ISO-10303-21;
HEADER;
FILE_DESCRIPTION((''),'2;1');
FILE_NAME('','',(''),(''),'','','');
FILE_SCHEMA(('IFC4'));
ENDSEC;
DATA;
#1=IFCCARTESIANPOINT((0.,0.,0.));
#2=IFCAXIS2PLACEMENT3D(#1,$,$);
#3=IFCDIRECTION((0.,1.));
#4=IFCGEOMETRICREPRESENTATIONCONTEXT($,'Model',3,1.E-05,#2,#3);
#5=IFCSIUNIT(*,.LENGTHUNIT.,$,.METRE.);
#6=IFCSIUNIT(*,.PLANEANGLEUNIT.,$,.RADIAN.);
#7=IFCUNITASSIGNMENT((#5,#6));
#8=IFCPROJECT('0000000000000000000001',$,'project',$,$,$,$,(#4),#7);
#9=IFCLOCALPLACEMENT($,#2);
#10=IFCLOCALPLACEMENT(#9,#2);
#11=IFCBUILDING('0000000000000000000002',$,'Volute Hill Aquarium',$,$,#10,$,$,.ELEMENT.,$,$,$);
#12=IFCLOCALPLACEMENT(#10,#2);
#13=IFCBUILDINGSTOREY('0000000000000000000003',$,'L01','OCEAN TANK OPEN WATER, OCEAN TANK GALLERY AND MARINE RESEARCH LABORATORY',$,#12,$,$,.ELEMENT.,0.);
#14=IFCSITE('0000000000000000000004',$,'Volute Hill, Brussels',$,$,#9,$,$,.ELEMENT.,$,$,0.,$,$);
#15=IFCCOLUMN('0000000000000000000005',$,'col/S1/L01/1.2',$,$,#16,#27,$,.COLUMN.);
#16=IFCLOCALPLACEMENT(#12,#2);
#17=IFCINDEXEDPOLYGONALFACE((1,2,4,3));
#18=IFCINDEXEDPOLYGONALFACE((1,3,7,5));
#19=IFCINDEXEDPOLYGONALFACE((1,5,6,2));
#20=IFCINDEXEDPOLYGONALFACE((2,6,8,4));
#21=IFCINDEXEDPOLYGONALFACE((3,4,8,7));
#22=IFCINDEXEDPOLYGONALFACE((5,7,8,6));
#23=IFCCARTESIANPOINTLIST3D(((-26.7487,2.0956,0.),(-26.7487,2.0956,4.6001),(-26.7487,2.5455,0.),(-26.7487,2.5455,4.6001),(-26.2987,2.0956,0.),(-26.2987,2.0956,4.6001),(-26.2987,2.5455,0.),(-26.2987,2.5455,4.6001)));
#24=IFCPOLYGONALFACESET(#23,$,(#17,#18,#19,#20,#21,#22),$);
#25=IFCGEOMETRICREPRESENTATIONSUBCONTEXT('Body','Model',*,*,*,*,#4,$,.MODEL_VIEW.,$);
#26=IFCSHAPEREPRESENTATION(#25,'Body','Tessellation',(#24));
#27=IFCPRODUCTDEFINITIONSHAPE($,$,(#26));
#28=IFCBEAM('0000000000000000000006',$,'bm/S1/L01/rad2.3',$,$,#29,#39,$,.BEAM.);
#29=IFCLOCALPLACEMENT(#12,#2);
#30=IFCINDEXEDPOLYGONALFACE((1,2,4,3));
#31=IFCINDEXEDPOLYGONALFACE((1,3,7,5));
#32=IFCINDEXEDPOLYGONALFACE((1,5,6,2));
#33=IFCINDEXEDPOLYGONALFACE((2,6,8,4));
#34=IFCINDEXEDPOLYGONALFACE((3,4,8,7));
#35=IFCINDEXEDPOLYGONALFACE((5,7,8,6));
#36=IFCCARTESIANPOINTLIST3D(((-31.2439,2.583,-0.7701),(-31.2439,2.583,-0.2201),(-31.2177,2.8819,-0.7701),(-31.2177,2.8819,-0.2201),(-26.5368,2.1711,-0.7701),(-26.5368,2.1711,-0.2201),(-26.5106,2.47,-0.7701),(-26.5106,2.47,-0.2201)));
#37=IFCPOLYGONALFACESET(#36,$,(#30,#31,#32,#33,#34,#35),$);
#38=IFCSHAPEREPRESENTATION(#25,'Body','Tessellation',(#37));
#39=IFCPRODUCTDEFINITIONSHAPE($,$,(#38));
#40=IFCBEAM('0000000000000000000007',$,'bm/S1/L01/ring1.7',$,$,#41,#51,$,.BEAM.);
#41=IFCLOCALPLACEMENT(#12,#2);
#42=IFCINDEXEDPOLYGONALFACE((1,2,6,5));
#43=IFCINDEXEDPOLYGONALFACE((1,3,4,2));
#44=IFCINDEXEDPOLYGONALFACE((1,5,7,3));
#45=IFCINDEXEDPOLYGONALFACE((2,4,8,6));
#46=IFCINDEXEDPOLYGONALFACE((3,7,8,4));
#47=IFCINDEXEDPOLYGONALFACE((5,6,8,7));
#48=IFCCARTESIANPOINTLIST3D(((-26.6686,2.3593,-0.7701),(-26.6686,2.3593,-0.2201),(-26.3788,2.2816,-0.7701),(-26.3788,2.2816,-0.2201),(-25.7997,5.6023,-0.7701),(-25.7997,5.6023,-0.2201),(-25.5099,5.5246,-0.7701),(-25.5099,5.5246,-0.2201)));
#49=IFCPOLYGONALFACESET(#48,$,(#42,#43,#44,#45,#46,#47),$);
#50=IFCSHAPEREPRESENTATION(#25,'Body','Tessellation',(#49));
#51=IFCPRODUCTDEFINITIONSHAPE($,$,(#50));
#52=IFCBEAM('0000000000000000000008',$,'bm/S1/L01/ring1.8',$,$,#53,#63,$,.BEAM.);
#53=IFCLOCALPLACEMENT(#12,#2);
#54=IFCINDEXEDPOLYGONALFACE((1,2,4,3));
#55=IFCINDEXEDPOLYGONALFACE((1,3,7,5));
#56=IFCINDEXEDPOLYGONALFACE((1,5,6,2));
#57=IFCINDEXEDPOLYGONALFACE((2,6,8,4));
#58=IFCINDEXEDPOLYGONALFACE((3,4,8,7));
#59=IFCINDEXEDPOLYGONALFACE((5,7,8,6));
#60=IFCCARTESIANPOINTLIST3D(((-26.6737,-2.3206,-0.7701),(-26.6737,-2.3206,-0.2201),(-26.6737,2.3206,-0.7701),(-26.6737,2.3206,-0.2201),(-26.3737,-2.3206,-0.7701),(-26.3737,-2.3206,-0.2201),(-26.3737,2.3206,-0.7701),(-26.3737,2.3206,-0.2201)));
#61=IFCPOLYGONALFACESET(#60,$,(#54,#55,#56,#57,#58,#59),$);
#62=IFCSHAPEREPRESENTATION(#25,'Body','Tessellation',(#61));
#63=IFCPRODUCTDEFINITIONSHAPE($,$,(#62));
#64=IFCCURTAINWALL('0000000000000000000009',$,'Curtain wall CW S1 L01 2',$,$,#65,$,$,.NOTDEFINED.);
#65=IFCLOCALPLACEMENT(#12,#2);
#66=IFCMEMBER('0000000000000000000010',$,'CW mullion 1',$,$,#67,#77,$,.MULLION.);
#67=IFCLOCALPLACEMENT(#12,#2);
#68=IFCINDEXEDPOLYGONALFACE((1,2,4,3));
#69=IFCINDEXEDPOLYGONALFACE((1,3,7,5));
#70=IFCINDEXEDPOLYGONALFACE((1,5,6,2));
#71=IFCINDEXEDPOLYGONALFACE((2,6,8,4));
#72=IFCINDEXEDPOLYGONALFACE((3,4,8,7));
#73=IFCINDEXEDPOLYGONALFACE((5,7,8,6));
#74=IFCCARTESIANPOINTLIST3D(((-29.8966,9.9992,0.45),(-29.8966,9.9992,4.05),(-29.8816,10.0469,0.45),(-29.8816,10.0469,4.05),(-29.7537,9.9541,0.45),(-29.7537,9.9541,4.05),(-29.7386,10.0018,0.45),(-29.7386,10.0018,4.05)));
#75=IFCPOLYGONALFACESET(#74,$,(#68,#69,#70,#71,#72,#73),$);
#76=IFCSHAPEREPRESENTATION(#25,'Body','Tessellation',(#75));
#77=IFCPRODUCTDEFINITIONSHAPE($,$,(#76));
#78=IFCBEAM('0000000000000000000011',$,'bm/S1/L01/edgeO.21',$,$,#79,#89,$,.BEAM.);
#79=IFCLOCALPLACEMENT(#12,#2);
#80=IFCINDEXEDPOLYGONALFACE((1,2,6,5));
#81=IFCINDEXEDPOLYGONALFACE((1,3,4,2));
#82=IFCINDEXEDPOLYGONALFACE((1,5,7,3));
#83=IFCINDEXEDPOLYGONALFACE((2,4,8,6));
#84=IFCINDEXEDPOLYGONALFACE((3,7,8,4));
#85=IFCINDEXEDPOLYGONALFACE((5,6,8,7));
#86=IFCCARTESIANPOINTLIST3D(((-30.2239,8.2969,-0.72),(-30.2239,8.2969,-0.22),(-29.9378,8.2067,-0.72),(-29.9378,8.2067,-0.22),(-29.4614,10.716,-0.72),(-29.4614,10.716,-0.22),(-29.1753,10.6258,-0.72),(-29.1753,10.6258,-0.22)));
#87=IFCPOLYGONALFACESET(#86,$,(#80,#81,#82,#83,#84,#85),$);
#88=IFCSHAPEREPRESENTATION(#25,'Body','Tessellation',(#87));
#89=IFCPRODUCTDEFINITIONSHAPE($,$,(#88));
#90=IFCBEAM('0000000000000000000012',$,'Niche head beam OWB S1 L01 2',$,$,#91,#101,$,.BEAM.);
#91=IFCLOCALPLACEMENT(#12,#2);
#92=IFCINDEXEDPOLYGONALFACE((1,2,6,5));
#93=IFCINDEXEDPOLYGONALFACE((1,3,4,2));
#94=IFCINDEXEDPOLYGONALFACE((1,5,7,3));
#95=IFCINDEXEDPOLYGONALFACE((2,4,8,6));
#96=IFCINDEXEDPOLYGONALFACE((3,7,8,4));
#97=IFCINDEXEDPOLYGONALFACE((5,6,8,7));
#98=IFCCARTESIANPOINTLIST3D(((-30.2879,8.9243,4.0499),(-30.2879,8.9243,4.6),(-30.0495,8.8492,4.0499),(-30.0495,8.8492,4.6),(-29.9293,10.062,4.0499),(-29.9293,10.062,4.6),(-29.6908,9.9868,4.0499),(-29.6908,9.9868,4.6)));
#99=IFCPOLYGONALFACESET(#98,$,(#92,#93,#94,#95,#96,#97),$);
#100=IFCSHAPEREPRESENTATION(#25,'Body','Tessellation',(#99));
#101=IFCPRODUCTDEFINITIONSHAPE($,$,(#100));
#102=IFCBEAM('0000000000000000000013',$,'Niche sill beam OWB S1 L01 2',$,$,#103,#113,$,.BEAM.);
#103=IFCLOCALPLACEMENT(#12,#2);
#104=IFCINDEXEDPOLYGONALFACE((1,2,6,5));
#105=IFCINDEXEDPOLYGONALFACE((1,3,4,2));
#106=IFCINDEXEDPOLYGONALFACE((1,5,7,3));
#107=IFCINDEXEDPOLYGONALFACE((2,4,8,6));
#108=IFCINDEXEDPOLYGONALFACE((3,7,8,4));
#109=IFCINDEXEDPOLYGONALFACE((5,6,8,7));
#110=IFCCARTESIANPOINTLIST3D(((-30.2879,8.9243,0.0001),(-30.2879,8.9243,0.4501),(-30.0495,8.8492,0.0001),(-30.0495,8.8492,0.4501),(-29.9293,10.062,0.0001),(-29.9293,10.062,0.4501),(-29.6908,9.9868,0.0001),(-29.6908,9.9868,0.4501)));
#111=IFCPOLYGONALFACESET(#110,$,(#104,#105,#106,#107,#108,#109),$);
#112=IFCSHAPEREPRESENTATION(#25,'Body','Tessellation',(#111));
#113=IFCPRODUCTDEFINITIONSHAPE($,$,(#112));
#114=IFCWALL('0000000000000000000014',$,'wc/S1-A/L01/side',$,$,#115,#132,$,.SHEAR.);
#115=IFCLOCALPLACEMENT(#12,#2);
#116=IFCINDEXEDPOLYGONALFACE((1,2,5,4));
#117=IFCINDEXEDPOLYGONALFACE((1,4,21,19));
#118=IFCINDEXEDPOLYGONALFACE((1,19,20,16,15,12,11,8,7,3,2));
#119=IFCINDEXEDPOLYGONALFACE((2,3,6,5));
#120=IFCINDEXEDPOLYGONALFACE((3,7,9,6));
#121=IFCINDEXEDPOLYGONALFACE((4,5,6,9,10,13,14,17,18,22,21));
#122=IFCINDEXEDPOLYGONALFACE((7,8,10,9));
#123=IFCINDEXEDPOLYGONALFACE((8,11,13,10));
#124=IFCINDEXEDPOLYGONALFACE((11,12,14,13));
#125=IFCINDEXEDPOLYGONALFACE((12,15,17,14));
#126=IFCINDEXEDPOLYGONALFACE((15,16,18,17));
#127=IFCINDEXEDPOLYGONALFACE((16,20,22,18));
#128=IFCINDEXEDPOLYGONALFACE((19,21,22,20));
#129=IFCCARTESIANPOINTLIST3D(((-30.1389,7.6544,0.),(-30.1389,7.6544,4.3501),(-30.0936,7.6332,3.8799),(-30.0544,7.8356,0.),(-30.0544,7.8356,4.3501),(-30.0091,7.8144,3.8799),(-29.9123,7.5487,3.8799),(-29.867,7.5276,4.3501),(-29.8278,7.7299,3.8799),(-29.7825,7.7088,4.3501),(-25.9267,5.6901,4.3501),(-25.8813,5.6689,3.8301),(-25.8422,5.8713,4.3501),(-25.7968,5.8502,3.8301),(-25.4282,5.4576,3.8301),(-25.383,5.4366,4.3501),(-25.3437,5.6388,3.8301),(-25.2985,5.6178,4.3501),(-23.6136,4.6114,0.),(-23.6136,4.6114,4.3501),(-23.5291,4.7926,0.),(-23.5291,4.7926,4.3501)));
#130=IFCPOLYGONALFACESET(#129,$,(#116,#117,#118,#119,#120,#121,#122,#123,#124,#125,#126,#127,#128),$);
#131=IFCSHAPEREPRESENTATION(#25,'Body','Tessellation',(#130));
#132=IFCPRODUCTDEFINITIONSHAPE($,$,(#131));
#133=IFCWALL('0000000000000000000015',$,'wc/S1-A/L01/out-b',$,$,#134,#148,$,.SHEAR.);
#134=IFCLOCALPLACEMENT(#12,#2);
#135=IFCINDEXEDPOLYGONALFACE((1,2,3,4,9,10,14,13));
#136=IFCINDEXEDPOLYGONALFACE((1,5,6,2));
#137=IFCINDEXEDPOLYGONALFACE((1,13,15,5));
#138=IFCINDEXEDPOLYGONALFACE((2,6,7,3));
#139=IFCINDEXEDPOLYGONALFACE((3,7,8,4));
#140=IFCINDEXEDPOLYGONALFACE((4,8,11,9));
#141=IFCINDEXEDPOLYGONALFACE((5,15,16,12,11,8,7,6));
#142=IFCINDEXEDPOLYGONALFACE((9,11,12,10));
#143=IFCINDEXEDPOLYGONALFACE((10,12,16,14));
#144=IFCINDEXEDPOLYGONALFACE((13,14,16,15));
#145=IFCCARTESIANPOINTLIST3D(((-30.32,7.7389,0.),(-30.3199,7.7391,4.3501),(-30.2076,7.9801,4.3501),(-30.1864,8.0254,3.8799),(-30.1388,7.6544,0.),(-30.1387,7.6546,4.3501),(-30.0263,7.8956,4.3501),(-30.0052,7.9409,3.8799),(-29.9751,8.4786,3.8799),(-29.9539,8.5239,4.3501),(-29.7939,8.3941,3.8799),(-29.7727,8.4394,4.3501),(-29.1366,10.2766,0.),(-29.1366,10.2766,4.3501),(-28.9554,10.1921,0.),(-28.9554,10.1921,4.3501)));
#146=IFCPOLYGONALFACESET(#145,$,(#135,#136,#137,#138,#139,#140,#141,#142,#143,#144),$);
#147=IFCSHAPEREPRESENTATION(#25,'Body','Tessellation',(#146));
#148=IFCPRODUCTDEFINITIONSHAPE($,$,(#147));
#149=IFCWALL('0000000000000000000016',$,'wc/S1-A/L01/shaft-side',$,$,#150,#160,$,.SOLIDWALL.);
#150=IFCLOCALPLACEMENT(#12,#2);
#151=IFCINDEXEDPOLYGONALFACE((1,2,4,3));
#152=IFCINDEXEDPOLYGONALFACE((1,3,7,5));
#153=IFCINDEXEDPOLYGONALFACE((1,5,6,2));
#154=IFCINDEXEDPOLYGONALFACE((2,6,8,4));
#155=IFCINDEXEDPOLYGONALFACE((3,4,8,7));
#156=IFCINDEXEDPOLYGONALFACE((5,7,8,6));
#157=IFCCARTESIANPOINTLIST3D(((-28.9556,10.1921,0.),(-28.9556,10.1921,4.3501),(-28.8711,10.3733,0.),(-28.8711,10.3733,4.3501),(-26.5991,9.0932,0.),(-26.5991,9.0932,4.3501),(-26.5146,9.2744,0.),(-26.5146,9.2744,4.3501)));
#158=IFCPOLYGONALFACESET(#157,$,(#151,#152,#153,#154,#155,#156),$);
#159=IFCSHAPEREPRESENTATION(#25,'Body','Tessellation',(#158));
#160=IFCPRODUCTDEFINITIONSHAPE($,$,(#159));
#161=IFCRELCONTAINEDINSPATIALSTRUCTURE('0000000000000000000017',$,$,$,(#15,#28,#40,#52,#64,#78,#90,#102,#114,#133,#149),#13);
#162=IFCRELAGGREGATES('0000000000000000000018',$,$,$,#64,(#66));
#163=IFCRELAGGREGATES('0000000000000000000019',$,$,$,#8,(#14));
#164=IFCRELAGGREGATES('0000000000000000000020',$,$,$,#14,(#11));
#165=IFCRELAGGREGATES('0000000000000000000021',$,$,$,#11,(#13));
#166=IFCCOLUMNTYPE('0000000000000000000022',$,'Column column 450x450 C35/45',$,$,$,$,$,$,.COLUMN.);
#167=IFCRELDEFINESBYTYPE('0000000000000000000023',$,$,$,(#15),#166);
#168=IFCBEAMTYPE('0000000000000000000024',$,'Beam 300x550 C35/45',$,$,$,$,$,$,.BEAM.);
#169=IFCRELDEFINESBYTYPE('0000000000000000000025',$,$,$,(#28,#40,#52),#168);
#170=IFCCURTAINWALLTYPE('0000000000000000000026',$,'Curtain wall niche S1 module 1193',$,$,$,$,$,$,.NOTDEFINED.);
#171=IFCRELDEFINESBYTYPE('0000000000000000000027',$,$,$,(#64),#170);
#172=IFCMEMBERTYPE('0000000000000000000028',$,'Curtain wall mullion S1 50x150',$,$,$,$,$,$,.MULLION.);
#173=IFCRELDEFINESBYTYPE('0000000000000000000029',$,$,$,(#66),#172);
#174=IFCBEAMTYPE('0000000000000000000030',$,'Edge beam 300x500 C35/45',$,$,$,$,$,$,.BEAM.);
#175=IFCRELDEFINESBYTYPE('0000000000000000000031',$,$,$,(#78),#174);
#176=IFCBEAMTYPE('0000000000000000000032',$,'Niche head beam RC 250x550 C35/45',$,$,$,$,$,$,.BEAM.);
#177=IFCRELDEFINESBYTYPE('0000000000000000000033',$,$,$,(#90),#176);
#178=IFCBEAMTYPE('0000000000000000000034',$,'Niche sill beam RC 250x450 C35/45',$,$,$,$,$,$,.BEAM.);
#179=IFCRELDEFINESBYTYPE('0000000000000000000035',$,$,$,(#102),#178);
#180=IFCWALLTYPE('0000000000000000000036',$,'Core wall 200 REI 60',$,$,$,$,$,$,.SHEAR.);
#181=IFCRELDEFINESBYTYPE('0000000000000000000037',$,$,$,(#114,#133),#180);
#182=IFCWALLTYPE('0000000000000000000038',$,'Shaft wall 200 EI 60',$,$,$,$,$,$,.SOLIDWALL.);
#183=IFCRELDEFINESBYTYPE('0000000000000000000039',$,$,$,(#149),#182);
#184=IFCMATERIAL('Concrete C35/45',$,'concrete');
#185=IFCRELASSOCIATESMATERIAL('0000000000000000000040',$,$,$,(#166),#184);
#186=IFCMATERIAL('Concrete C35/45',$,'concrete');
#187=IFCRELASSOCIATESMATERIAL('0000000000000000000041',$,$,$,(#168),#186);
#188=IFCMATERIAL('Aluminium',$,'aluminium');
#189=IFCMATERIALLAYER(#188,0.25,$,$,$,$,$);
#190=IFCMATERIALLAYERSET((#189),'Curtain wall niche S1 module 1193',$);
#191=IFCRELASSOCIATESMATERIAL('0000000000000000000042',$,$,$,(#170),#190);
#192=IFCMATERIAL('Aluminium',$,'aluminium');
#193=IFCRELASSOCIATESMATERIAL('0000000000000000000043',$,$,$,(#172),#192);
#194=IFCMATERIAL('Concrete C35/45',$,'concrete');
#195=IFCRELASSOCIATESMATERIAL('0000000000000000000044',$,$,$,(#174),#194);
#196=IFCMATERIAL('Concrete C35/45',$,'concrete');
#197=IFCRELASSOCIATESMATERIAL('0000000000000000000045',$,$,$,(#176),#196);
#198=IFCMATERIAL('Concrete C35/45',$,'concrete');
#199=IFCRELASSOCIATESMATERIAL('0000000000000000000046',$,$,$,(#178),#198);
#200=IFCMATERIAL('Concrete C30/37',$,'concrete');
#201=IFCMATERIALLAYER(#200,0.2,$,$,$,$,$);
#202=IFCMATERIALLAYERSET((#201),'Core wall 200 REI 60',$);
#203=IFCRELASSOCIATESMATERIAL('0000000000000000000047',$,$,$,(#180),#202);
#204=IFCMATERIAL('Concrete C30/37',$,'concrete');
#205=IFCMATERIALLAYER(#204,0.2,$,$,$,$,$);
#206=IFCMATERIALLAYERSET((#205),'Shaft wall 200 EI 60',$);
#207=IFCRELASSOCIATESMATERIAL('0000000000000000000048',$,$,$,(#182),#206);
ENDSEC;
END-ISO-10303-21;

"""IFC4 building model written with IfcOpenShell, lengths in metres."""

from ifc_helpers import new_model, si_unit, direction, frame, frame_2d, origin, origin_2d, place, context, subcontext, project, spatial, polyline, rectangle, outline, extrude, material, layer, layer_set, material_profile, profile_set, type_object, element, aggregate, save


model = new_model("IFC4")

# Units and contexts
model_context = context("Model", 3, precision=1e-05, world=origin(), true_north=direction((0.0, 1.0)))
body_context = subcontext(model_context, "Body", "Model", "MODEL_VIEW")
ifc_project = project(units=[si_unit("LENGTHUNIT", "METRE"), si_unit("PLANEANGLEUNIT", "RADIAN")], contexts=[model_context])

# Site, building, storey
site_placement = place(None, origin())
site = spatial("IfcSite", under=ifc_project, at=site_placement, Name="Volute Hill, Brussels", CompositionType="ELEMENT", RefElevation=0.0)
building_placement = place(site_placement, origin())
building = spatial("IfcBuilding", under=site, at=building_placement, Name="Volute Hill Aquarium", CompositionType="ELEMENT")
storey_placement = place(building_placement, origin())
storey = spatial("IfcBuildingStorey", under=building, at=storey_placement, Name="L01", Description="OCEAN TANK OPEN WATER, OCEAN TANK GALLERY AND MARINE RESEARCH LABORATORY", CompositionType="ELEMENT", Elevation=0.0)

# Column
ifc_material_1 = material(Name="Concrete C35/45", Category="concrete")
ifc_material_profile_1 = material_profile(ifc_material_1, rectangle(XDim=0.45, YDim=0.45, at=origin_2d()), Name="RC column 450x450")
ifc_profile_set_1 = profile_set([ifc_material_profile_1], Name="Concrete C35/45")
column_type = type_object("IfcColumnType", Name="Column column 450x450 C35/45", PredefinedType="COLUMN", material=ifc_profile_set_1)
column_placement = place(storey_placement, frame((-26.5237, 2.3206, 0.0), z_axis=(0.0, 0.0, 1.0), x_axis=(1.0, 0.0, 0.0)))
element("IfcColumn", 1, at=column_placement, inside=storey, type_object=column_type, Name="col/S1/L01/1.2", PredefinedType="COLUMN", context=body_context, shape_type="SweptSolid", body=[
    extrude(rectangle(XDim=0.45, YDim=0.45, at=origin_2d()), origin(), (0.0, 0.0, 1.0), 4.6001),
])

# Beams
ifc_material_2 = material(Name="Concrete C35/45", Category="concrete")
ifc_material_profile_2 = material_profile(ifc_material_2, rectangle(XDim=0.3, YDim=0.55, at=origin_2d()), Name="RC beam 300x550")
ifc_profile_set_2 = profile_set([ifc_material_profile_2], Name="Concrete C35/45")
beam_type_1 = type_object("IfcBeamType", Name="Beam 300x550 C35/45", PredefinedType="BEAM", material=ifc_profile_set_2)
beam_1_placement = place(storey_placement, frame((-26.5237, 2.3206, -0.4951), z_axis=(-0.996194, 0.087167, 0.0), x_axis=(-0.087167, -0.996194, 0.0)))
element("IfcBeam", 2, at=beam_1_placement, inside=storey, type_object=beam_type_1, Name="bm/S1/L01/rad2.3", PredefinedType="BEAM", context=body_context, shape_type="SweptSolid", body=[
    extrude(rectangle(XDim=0.3, YDim=0.55, at=origin_2d()), origin(), (0.0, 0.0, 1.0), 4.7251),
])
beam_2_placement = place(storey_placement, frame((-25.6548, 5.5635, -0.4951), z_axis=(-0.258808, -0.965929, 0.0), x_axis=(0.965929, -0.258808, 0.0)))
element("IfcBeam", 3, at=beam_2_placement, inside=storey, type_object=beam_type_1, Name="bm/S1/L01/ring1.7", PredefinedType="BEAM", context=body_context, shape_type="SweptSolid", body=[
    extrude(rectangle(XDim=0.3, YDim=0.55, at=origin_2d()), origin(), (0.0, 0.0, 1.0), 3.3574),
])
beam_3_placement = place(storey_placement, frame((-26.5237, 2.3206, -0.4951), z_axis=(0.0, -1.0, 0.0), x_axis=(1.0, 0.0, 0.0)))
element("IfcBeam", 4, at=beam_3_placement, inside=storey, type_object=beam_type_1, Name="bm/S1/L01/ring1.8", PredefinedType="BEAM", context=body_context, shape_type="SweptSolid", body=[
    extrude(rectangle(XDim=0.3, YDim=0.55, at=origin_2d()), origin(), (0.0, 0.0, 1.0), 4.6411),
])

# Curtain wall, member
ifc_material_3 = material(Name="Aluminium", Category="aluminium")
ifc_layer_1 = layer(ifc_material_3, 0.25)
ifc_layer_set_1 = layer_set([ifc_layer_1], Name="Curtain wall niche S1 module 1193")
curtain_wall_type = type_object("IfcCurtainWallType", Name="Curtain wall niche S1 module 1193", PredefinedType="NOTDEFINED", material=ifc_layer_set_1)
curtain_wall_placement = place(storey_placement, origin())
curtain_wall = element("IfcCurtainWall", 5, at=curtain_wall_placement, inside=storey, type_object=curtain_wall_type, Name="Curtain wall CW S1 L01 2", PredefinedType="NOTDEFINED")
ifc_material_4 = material(Name="Aluminium", Category="aluminium")
ifc_material_profile_3 = material_profile(ifc_material_4, rectangle(XDim=0.1499, YDim=0.05, at=origin_2d()), Name="Curtain wall mullion S1 50x150")
ifc_profile_set_3 = profile_set([ifc_material_profile_3], Name="Aluminium")
member_type = type_object("IfcMemberType", Name="Curtain wall mullion S1 50x150", PredefinedType="MULLION", material=ifc_profile_set_3)
member_placement = place(storey_placement, frame((-29.8176, 10.0005, 0.45), z_axis=(0.0, 0.0, 1.0), x_axis=(0.953718, -0.300702, 0.0)))
member = element("IfcMember", 6, at=member_placement, type_object=member_type, Name="CW mullion 1", PredefinedType="MULLION", context=body_context, shape_type="SweptSolid", body=[
    extrude(rectangle(XDim=0.1499, YDim=0.05, at=origin_2d()), origin(), (0.0, 0.0, 1.0), 3.6001),
])
aggregate(curtain_wall, [member])

# Beams
ifc_material_5 = material(Name="Concrete C35/45", Category="concrete")
ifc_material_profile_4 = material_profile(ifc_material_5, rectangle(XDim=0.3, YDim=0.5, at=origin_2d()), Name="RC edge beam 300x500")
ifc_profile_set_4 = profile_set([ifc_material_profile_4], Name="Concrete C35/45")
beam_type_2 = type_object("IfcBeamType", Name="Edge beam 300x500 C35/45", PredefinedType="BEAM", material=ifc_profile_set_4)
beam_4_placement = place(storey_placement, frame((-29.3184, 10.6709, -0.47), z_axis=(-0.30062, -0.953744, 0.0), x_axis=(0.953744, -0.30062, 0.0)))
element("IfcBeam", 7, at=beam_4_placement, inside=storey, type_object=beam_type_2, Name="bm/S1/L01/edgeO.21", PredefinedType="BEAM", context=body_context, shape_type="SweptSolid", body=[
    extrude(rectangle(XDim=0.3, YDim=0.5, at=origin_2d()), origin(), (0.0, 0.0, 1.0), 2.5364),
])
ifc_material_6 = material(Name="Concrete C35/45", Category="concrete")
ifc_material_profile_5 = material_profile(ifc_material_6, rectangle(XDim=0.25, YDim=0.55, at=origin_2d()), Name="RC beam 250x550")
ifc_profile_set_5 = profile_set([ifc_material_profile_5], Name="Concrete C35/45")
beam_type_3 = type_object("IfcBeamType", Name="Niche head beam RC 250x550 C35/45", PredefinedType="BEAM", material=ifc_profile_set_5)
beam_5_placement = place(storey_placement, frame((-29.8101, 10.0244, 4.325), z_axis=(-0.300651, -0.953734, 0.0), x_axis=(0.953734, -0.300651, 0.0)))
element("IfcBeam", 8, at=beam_5_placement, inside=storey, type_object=beam_type_3, Name="Niche head beam OWB S1 L01 2", PredefinedType="BEAM", context=body_context, shape_type="SweptSolid", body=[
    extrude(rectangle(XDim=0.25, YDim=0.55, at=origin_2d()), origin(), (0.0, 0.0, 1.0), 1.1929),
])
ifc_material_7 = material(Name="Concrete C35/45", Category="concrete")
ifc_material_profile_6 = material_profile(ifc_material_7, rectangle(XDim=0.25, YDim=0.45, at=origin_2d()), Name="RC beam 250x450")
ifc_profile_set_6 = profile_set([ifc_material_profile_6], Name="Concrete C35/45")
beam_type_4 = type_object("IfcBeamType", Name="Niche sill beam RC 250x450 C35/45", PredefinedType="BEAM", material=ifc_profile_set_6)
beam_6_placement = place(storey_placement, frame((-29.8101, 10.0244, 0.2251), z_axis=(-0.300651, -0.953734, 0.0), x_axis=(0.953734, -0.300651, 0.0)))
element("IfcBeam", 9, at=beam_6_placement, inside=storey, type_object=beam_type_4, Name="Niche sill beam OWB S1 L01 2", PredefinedType="BEAM", context=body_context, shape_type="SweptSolid", body=[
    extrude(rectangle(XDim=0.25, YDim=0.45, at=origin_2d()), origin(), (0.0, 0.0, 1.0), 1.1929),
])

# Walls
ifc_material_8 = material(Name="Concrete C30/37", Category="concrete")
ifc_layer_2 = layer(ifc_material_8, 0.2)
ifc_layer_set_2 = layer_set([ifc_layer_2], Name="Core wall 200 REI 60")
wall_type_1 = type_object("IfcWallType", Name="Core wall 200 REI 60", PredefinedType="SHEAR", material=ifc_layer_set_2)
wall_1_placement = place(storey_placement, frame((-23.5713, 4.7021, 0.0), z_axis=(0.0, 0.0, 1.0), x_axis=(-0.906301, 0.422633, 0.0)))
element("IfcWall", 10, at=wall_1_placement, inside=storey, type_object=wall_type_1, Name="wc/S1-A/L01/side", PredefinedType="SHEAR", context=body_context, shape_type="SweptSolid", body=[
    extrude(outline(polyline([(0.0, 0.0), (7.2, 0.0), (7.2, 4.3501), (7.1499, 3.8799), (6.95, 3.8799), (6.8999, 4.3501), (2.5522, 4.3501), (2.5022, 3.8301), (2.0022, 3.8301), (1.9524, 4.3501), (0.0, 4.3501), (0.0, 0.0)])), frame((0.0, 0.1001, 0.0), z_axis=(0.0, -1.0, 0.0), x_axis=(1.0, 0.0, 0.0)), (0.0, 0.0, 1.0), 0.2),
])
wall_2_placement = place(storey_placement, frame((-29.0461, 10.2344, 0.0), z_axis=(0.0, 0.0, 1.0), x_axis=(-0.422632, -0.906301, 0.0)))
element("IfcWall", 11, at=wall_2_placement, inside=storey, type_object=wall_type_1, Name="wc/S1-A/L01/out-b", PredefinedType="SHEAR", context=body_context, shape_type="SweptSolid", body=[
    extrude(outline(polyline([(0.0, 0.0), (2.8, 0.0), (2.7998, 4.3501), (2.5339, 4.3501), (2.4839, 3.8799), (1.9839, 3.8799), (1.9338, 4.3501), (0.0, 4.3501), (0.0, 0.0)])), frame((0.0, 0.1001, 0.0), z_axis=(0.0, -1.0, 0.0), x_axis=(1.0, 0.0, 0.0)), (0.0, 0.0, 1.0), 0.2),
])
ifc_material_9 = material(Name="Concrete C30/37", Category="concrete")
ifc_layer_3 = layer(ifc_material_9, 0.2)
ifc_layer_set_3 = layer_set([ifc_layer_3], Name="Shaft wall 200 EI 60")
wall_type_2 = type_object("IfcWallType", Name="Shaft wall 200 EI 60", PredefinedType="SOLIDWALL", material=ifc_layer_set_3)
wall_3_placement = place(storey_placement, frame((-26.5569, 9.1838, 0.0), z_axis=(0.0, 0.0, 1.0), x_axis=(-0.906301, 0.422634, 0.0)))
element("IfcWall", 12, at=wall_3_placement, inside=storey, type_object=wall_type_2, Name="wc/S1-A/L01/shaft-side", PredefinedType="SOLIDWALL", context=body_context, shape_type="SweptSolid", body=[
    extrude(rectangle(XDim=2.6001, YDim=0.2, at=frame_2d((1.3, 0.0))), origin(), (0.0, 0.0, 1.0), 4.3501),
])

save(model, "model.ifc")
